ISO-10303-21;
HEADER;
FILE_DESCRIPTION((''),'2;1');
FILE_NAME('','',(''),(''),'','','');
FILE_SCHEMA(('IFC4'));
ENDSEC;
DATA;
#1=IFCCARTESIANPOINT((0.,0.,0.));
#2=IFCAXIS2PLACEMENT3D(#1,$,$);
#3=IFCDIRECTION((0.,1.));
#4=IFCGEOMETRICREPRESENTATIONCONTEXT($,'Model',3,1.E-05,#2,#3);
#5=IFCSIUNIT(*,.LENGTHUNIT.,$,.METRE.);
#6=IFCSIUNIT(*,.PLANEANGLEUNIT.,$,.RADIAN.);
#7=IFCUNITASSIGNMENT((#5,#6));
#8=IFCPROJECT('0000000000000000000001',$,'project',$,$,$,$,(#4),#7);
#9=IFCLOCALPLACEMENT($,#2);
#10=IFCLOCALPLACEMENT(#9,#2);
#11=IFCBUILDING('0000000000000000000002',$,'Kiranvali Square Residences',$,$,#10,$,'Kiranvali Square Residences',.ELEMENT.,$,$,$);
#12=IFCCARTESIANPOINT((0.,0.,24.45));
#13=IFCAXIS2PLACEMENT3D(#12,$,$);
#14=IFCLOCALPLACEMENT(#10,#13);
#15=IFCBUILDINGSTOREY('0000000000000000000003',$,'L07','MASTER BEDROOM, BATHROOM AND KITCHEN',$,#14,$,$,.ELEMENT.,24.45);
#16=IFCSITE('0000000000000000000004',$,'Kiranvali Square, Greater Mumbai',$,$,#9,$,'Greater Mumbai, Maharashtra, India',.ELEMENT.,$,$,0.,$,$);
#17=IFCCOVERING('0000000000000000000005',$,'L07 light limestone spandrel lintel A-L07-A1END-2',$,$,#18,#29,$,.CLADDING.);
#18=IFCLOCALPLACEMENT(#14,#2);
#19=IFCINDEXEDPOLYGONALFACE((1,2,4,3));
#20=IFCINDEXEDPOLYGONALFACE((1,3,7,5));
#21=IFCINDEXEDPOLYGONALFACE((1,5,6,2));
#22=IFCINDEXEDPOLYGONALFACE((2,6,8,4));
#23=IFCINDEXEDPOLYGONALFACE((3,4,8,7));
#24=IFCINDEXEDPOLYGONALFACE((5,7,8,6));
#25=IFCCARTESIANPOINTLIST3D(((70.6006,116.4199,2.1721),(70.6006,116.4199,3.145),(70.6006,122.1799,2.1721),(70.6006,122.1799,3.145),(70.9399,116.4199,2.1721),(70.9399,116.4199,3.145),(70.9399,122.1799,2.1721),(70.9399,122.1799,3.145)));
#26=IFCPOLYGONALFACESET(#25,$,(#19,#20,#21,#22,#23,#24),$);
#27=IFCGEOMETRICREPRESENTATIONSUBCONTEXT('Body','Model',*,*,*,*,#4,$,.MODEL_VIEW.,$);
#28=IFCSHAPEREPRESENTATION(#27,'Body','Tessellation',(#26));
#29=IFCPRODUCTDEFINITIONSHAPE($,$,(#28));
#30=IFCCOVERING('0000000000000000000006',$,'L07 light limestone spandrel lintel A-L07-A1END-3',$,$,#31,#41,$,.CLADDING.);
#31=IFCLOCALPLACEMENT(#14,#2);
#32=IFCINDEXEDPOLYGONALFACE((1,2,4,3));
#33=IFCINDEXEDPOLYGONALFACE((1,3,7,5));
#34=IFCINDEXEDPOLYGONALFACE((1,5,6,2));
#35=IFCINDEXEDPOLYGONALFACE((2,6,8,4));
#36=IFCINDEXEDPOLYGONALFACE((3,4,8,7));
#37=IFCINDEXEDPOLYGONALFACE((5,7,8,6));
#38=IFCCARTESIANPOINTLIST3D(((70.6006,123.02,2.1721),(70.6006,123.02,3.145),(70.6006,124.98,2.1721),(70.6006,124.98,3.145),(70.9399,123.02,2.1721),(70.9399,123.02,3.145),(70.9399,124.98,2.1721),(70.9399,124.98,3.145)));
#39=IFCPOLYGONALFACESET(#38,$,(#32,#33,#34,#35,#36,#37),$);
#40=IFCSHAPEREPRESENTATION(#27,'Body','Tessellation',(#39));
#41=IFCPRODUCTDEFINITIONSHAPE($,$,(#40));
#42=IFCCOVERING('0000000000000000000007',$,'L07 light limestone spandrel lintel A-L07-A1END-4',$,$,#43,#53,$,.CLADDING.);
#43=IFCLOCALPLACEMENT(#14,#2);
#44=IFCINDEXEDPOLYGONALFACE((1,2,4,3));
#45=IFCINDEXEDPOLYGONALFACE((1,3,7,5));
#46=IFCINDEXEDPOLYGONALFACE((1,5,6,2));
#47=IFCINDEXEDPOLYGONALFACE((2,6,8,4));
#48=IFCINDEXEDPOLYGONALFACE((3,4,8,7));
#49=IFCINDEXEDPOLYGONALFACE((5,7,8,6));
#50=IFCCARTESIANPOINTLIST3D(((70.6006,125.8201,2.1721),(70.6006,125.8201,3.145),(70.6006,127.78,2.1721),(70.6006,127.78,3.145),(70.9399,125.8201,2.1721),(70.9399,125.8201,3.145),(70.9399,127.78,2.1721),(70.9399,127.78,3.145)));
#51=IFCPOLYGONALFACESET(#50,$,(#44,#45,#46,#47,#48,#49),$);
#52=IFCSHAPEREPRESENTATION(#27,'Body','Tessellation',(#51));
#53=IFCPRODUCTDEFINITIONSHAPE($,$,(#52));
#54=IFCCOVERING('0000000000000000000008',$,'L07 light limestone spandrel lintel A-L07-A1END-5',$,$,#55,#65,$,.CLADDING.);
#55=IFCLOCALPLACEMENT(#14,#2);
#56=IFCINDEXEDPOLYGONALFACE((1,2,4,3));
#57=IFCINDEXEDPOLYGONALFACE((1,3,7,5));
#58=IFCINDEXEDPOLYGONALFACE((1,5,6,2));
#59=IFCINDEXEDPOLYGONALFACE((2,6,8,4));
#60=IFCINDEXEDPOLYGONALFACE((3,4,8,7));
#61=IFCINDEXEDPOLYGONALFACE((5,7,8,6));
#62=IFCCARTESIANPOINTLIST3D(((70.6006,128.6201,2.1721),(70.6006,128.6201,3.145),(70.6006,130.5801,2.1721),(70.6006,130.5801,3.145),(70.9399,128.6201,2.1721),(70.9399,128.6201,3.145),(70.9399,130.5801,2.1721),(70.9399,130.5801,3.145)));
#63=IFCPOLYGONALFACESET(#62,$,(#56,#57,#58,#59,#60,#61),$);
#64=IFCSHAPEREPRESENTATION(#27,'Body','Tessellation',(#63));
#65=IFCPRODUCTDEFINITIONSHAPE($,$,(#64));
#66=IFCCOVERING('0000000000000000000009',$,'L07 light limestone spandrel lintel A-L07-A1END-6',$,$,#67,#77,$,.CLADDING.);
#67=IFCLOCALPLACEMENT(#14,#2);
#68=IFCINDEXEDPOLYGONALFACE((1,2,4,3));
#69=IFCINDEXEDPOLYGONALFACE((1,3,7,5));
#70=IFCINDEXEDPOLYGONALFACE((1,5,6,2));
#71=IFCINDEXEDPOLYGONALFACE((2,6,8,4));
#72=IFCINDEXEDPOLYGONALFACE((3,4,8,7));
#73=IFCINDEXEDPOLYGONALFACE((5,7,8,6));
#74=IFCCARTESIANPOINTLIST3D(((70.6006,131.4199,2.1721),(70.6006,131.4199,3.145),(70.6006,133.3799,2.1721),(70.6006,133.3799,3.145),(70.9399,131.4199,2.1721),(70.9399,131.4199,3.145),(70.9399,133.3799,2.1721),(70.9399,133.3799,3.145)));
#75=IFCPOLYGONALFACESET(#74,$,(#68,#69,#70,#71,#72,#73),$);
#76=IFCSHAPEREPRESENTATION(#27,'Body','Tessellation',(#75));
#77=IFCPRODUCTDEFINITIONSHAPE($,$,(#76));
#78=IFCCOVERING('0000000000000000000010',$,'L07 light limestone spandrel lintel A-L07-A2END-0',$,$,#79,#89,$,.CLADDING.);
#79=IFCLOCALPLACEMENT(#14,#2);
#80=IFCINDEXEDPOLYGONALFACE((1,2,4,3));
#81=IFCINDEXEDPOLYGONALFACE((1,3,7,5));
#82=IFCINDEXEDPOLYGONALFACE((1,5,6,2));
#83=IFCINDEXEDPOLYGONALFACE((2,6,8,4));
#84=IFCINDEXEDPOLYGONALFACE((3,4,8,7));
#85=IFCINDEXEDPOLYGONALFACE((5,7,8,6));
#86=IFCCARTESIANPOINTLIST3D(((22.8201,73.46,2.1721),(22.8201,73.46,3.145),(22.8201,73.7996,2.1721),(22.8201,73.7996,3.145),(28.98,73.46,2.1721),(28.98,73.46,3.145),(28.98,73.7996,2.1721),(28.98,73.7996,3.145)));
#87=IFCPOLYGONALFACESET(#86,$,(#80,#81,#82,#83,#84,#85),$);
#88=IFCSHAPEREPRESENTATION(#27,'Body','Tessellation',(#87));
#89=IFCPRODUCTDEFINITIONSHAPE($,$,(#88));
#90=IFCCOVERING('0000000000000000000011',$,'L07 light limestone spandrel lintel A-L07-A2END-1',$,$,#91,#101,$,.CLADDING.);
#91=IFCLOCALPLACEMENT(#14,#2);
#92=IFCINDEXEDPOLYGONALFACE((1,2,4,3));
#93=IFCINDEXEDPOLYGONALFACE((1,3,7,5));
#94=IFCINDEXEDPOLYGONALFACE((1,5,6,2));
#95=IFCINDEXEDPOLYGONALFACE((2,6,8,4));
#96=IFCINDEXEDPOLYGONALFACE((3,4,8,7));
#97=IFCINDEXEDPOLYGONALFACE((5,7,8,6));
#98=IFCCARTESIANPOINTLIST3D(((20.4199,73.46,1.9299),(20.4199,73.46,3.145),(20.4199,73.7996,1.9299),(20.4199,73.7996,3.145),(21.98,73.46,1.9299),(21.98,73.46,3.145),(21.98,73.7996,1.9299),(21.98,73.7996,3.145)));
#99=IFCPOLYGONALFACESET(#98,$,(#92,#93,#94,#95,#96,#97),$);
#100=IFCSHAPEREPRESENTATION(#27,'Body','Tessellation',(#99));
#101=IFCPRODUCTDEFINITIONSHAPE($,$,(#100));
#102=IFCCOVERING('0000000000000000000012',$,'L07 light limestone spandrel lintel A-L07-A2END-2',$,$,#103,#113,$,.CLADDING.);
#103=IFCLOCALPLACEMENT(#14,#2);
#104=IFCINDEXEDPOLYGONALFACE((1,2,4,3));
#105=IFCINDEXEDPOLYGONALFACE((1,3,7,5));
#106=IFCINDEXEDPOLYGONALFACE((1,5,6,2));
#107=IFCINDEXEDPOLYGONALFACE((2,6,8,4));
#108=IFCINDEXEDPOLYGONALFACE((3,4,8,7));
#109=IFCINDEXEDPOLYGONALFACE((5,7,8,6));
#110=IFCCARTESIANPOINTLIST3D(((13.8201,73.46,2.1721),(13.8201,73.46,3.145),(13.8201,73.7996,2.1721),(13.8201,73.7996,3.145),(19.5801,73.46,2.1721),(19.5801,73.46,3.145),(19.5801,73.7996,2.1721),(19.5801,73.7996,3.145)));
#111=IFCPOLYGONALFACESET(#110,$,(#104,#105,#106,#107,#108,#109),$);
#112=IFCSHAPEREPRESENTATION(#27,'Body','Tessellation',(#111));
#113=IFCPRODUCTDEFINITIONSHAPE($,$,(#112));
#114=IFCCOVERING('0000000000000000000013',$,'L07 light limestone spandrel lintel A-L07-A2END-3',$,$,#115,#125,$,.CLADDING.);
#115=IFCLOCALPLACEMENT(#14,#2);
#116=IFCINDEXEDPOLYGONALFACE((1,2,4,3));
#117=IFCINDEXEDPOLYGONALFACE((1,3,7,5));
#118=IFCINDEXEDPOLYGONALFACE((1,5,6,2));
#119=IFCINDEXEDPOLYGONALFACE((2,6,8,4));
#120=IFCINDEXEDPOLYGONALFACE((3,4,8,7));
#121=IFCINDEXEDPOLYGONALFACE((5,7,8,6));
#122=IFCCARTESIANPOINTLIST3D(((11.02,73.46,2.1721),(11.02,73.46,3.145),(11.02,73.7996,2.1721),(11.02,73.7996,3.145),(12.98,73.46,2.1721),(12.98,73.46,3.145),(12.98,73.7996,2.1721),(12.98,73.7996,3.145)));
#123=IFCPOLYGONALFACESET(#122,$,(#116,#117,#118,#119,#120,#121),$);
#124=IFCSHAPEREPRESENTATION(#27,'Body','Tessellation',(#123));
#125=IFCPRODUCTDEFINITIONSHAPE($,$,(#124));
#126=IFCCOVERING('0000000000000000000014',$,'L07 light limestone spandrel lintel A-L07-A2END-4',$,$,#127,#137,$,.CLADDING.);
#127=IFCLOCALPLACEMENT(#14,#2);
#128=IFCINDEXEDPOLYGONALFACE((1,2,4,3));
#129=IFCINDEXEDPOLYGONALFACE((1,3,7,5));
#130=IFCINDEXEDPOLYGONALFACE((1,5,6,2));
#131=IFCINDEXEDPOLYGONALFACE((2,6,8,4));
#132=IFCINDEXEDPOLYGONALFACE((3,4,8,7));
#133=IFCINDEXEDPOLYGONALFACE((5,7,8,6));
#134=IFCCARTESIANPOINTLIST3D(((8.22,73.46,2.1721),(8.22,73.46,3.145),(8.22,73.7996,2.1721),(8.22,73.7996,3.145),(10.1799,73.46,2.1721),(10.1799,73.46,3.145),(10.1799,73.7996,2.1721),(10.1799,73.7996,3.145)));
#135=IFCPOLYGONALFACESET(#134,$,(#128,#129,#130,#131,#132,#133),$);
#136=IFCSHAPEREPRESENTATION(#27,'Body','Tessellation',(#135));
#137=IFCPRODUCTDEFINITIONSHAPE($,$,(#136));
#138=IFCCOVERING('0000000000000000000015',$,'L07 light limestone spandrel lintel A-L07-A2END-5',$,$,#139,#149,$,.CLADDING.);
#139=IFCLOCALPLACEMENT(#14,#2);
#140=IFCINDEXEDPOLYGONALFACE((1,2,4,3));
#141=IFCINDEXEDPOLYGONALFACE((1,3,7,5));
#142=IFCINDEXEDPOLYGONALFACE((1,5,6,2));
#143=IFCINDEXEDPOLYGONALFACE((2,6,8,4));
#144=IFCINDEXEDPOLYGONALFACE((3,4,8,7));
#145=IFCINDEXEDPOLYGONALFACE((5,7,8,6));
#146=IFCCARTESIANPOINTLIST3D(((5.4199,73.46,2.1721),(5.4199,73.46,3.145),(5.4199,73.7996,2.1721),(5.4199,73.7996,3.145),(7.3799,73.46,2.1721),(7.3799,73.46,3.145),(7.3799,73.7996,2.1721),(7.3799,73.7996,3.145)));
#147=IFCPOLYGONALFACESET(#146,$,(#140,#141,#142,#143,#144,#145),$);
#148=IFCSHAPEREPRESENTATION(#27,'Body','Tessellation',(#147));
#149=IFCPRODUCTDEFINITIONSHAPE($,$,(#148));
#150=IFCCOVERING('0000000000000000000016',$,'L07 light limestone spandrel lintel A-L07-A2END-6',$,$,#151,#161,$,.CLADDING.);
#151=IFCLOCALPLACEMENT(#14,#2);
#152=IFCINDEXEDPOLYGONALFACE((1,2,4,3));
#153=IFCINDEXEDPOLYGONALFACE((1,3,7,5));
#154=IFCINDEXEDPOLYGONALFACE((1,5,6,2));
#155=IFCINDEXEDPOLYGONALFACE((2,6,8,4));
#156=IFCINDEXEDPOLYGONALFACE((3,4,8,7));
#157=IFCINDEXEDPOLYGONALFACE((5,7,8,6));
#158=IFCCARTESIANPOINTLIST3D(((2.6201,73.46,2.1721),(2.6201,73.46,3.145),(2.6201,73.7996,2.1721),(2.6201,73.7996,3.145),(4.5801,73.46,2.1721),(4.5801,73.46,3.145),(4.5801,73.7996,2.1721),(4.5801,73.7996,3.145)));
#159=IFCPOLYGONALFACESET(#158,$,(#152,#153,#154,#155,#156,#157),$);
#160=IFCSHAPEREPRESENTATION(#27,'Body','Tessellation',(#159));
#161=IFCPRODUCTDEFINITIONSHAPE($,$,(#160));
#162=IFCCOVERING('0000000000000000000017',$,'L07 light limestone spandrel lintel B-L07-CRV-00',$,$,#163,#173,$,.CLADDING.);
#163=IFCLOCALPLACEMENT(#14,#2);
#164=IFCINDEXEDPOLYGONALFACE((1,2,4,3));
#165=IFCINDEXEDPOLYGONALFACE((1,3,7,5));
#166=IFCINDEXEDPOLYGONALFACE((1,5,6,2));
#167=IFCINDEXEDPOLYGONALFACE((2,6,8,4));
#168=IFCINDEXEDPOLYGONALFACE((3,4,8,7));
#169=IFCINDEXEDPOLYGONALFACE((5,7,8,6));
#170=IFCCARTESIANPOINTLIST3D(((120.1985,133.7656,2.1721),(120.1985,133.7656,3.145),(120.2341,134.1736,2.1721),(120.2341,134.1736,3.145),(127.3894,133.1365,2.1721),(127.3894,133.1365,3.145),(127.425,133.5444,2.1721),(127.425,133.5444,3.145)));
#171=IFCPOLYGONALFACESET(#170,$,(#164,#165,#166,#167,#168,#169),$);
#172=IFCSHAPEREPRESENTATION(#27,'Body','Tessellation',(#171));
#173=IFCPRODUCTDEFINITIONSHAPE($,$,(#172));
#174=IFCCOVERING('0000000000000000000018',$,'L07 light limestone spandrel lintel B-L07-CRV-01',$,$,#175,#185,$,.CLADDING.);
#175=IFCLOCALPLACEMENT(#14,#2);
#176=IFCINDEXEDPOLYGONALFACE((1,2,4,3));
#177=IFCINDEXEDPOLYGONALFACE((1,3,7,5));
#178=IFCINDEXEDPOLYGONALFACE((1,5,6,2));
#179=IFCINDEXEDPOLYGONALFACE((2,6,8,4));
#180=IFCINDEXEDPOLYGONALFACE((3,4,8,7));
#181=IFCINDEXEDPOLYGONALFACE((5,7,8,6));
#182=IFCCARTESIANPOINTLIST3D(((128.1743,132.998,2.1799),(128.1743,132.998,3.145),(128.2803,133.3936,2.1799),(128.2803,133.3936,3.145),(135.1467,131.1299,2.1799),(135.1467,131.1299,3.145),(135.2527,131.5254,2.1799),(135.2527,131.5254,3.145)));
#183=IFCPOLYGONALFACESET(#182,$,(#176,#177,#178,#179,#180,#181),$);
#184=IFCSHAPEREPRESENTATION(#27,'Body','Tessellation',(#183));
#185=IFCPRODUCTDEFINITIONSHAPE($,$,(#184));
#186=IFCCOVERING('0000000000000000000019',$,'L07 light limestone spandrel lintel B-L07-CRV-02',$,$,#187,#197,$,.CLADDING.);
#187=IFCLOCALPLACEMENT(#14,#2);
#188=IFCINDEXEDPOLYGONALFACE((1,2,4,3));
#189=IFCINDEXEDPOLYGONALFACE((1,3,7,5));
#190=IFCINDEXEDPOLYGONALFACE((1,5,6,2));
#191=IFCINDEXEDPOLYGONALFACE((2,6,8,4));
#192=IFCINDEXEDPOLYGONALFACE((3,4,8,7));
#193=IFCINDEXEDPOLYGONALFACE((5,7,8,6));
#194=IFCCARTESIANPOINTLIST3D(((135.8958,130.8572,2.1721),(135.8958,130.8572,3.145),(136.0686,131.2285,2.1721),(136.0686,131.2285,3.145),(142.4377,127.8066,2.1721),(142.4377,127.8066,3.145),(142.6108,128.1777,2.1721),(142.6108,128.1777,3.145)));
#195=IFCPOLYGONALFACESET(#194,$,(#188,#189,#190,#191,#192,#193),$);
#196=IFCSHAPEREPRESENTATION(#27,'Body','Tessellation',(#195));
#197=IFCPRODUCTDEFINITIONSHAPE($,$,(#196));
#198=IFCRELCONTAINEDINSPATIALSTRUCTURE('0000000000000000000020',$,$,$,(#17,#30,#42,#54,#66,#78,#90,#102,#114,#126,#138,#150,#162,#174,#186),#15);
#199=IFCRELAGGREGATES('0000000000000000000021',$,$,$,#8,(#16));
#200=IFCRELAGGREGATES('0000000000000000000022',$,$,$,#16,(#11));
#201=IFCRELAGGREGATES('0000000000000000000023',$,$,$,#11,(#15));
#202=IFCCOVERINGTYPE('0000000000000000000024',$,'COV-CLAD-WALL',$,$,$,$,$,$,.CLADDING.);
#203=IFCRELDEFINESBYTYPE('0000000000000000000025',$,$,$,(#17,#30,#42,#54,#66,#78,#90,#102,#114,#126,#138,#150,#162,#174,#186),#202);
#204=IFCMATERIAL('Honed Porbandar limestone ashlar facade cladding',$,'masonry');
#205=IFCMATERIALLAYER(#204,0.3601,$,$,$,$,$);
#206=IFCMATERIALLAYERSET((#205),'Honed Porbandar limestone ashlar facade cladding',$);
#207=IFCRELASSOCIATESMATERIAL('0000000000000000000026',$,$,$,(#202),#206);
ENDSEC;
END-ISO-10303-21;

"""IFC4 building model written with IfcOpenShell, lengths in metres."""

from ifc_helpers import new_model, si_unit, direction, frame, origin, place, context, subcontext, project, spatial, polyline, outline, extrude, material, layer, layer_set, type_object, element, save


model = new_model("IFC4")

# Units and contexts
model_context = context("Model", 3, precision=1e-05, world=origin(), true_north=direction((0.0, 1.0)))
body_context = subcontext(model_context, "Body", "Model", "MODEL_VIEW")
ifc_project = project(units=[si_unit("LENGTHUNIT", "METRE"), si_unit("PLANEANGLEUNIT", "RADIAN")], contexts=[model_context])

# Site, building, storey
site_placement = place(None, origin())
site = spatial("IfcSite", under=ifc_project, at=site_placement, Name="Kiranvali Square, Greater Mumbai", LongName="Greater Mumbai, Maharashtra, India", CompositionType="ELEMENT", RefElevation=0.0)
building_placement = place(site_placement, origin())
building = spatial("IfcBuilding", under=site, at=building_placement, Name="Kiranvali Square Residences", LongName="Kiranvali Square Residences", CompositionType="ELEMENT")
storey_placement = place(building_placement, frame((0.0, 0.0, 24.45)))
storey = spatial("IfcBuildingStorey", under=building, at=storey_placement, Name="L07", Description="MASTER BEDROOM, BATHROOM AND KITCHEN", CompositionType="ELEMENT", Elevation=24.45)

# Coverings
ifc_material = material(Name="Honed Porbandar limestone ashlar facade cladding", Category="masonry")
ifc_layer_1 = layer(ifc_material, 0.3601)
ifc_layer_set_1 = layer_set([ifc_layer_1], Name="Honed Porbandar limestone ashlar facade cladding")
covering_type_1 = type_object("IfcCoveringType", Name="COV-CLAD-WALL", PredefinedType="CLADDING", material=ifc_layer_set_1)
covering_1_placement = place(storey_placement, frame((0.0, 0.0, 2.1721)))
element("IfcCovering", 1, at=covering_1_placement, inside=storey, type_object=covering_type_1, Name="L07 light limestone spandrel lintel A-L07-A1END-2", PredefinedType="CLADDING", context=body_context, shape_type="SweptSolid", body=[
    extrude(outline(polyline([(70.9399, 116.4199), (70.9399, 122.1799), (70.6006, 122.1799), (70.6006, 116.4199), (70.9399, 116.4199)])), origin(), (0.0, 0.0, 1.0), 0.9729),
])
covering_2_placement = place(storey_placement, frame((0.0, 0.0, 2.1721)))
element("IfcCovering", 2, at=covering_2_placement, inside=storey, type_object=covering_type_1, Name="L07 light limestone spandrel lintel A-L07-A1END-3", PredefinedType="CLADDING", context=body_context, shape_type="SweptSolid", body=[
    extrude(outline(polyline([(70.9399, 123.02), (70.9399, 124.98), (70.6006, 124.98), (70.6006, 123.02), (70.9399, 123.02)])), origin(), (0.0, 0.0, 1.0), 0.9729),
])
covering_3_placement = place(storey_placement, frame((0.0, 0.0, 2.1721)))
element("IfcCovering", 3, at=covering_3_placement, inside=storey, type_object=covering_type_1, Name="L07 light limestone spandrel lintel A-L07-A1END-4", PredefinedType="CLADDING", context=body_context, shape_type="SweptSolid", body=[
    extrude(outline(polyline([(70.9399, 125.8201), (70.9399, 127.78), (70.6006, 127.78), (70.6006, 125.8201), (70.9399, 125.8201)])), origin(), (0.0, 0.0, 1.0), 0.9729),
])
covering_4_placement = place(storey_placement, frame((0.0, 0.0, 2.1721)))
element("IfcCovering", 4, at=covering_4_placement, inside=storey, type_object=covering_type_1, Name="L07 light limestone spandrel lintel A-L07-A1END-5", PredefinedType="CLADDING", context=body_context, shape_type="SweptSolid", body=[
    extrude(outline(polyline([(70.9399, 128.6201), (70.9399, 130.5801), (70.6006, 130.5801), (70.6006, 128.6201), (70.9399, 128.6201)])), origin(), (0.0, 0.0, 1.0), 0.9729),
])
covering_5_placement = place(storey_placement, frame((0.0, 0.0, 2.1721)))
element("IfcCovering", 5, at=covering_5_placement, inside=storey, type_object=covering_type_1, Name="L07 light limestone spandrel lintel A-L07-A1END-6", PredefinedType="CLADDING", context=body_context, shape_type="SweptSolid", body=[
    extrude(outline(polyline([(70.9399, 131.4199), (70.9399, 133.3799), (70.6006, 133.3799), (70.6006, 131.4199), (70.9399, 131.4199)])), origin(), (0.0, 0.0, 1.0), 0.9729),
])
covering_6_placement = place(storey_placement, frame((0.0, 0.0, 2.1721)))
element("IfcCovering", 6, at=covering_6_placement, inside=storey, type_object=covering_type_1, Name="L07 light limestone spandrel lintel A-L07-A2END-0", PredefinedType="CLADDING", context=body_context, shape_type="SweptSolid", body=[
    extrude(outline(polyline([(28.98, 73.7996), (22.8201, 73.7996), (22.8201, 73.46), (28.98, 73.46), (28.98, 73.7996)])), origin(), (0.0, 0.0, 1.0), 0.9729),
])
covering_7_placement = place(storey_placement, frame((0.0, 0.0, 1.9299)))
element("IfcCovering", 7, at=covering_7_placement, inside=storey, type_object=covering_type_1, Name="L07 light limestone spandrel lintel A-L07-A2END-1", PredefinedType="CLADDING", context=body_context, shape_type="SweptSolid", body=[
    extrude(outline(polyline([(21.98, 73.7996), (20.4199, 73.7996), (20.4199, 73.46), (21.98, 73.46), (21.98, 73.7996)])), origin(), (0.0, 0.0, 1.0), 1.2151),
])
covering_8_placement = place(storey_placement, frame((0.0, 0.0, 2.1721)))
element("IfcCovering", 8, at=covering_8_placement, inside=storey, type_object=covering_type_1, Name="L07 light limestone spandrel lintel A-L07-A2END-2", PredefinedType="CLADDING", context=body_context, shape_type="SweptSolid", body=[
    extrude(outline(polyline([(19.5801, 73.7996), (13.8201, 73.7996), (13.8201, 73.46), (19.5801, 73.46), (19.5801, 73.7996)])), origin(), (0.0, 0.0, 1.0), 0.9729),
])
covering_9_placement = place(storey_placement, frame((0.0, 0.0, 2.1721)))
element("IfcCovering", 9, at=covering_9_placement, inside=storey, type_object=covering_type_1, Name="L07 light limestone spandrel lintel A-L07-A2END-3", PredefinedType="CLADDING", context=body_context, shape_type="SweptSolid", body=[
    extrude(outline(polyline([(12.98, 73.7996), (11.02, 73.7996), (11.02, 73.46), (12.98, 73.46), (12.98, 73.7996)])), origin(), (0.0, 0.0, 1.0), 0.9729),
])
covering_10_placement = place(storey_placement, frame((0.0, 0.0, 2.1721)))
element("IfcCovering", 10, at=covering_10_placement, inside=storey, type_object=covering_type_1, Name="L07 light limestone spandrel lintel A-L07-A2END-4", PredefinedType="CLADDING", context=body_context, shape_type="SweptSolid", body=[
    extrude(outline(polyline([(10.1799, 73.7996), (8.22, 73.7996), (8.22, 73.46), (10.1799, 73.46), (10.1799, 73.7996)])), origin(), (0.0, 0.0, 1.0), 0.9729),
])
covering_11_placement = place(storey_placement, frame((0.0, 0.0, 2.1721)))
element("IfcCovering", 11, at=covering_11_placement, inside=storey, type_object=covering_type_1, Name="L07 light limestone spandrel lintel A-L07-A2END-5", PredefinedType="CLADDING", context=body_context, shape_type="SweptSolid", body=[
    extrude(outline(polyline([(7.3799, 73.7996), (5.4199, 73.7996), (5.4199, 73.46), (7.3799, 73.46), (7.3799, 73.7996)])), origin(), (0.0, 0.0, 1.0), 0.9729),
])
covering_12_placement = place(storey_placement, frame((0.0, 0.0, 2.1721)))
element("IfcCovering", 12, at=covering_12_placement, inside=storey, type_object=covering_type_1, Name="L07 light limestone spandrel lintel A-L07-A2END-6", PredefinedType="CLADDING", context=body_context, shape_type="SweptSolid", body=[
    extrude(outline(polyline([(4.5801, 73.7996), (2.6201, 73.7996), (2.6201, 73.46), (4.5801, 73.46), (4.5801, 73.7996)])), origin(), (0.0, 0.0, 1.0), 0.9729),
])
covering_13_placement = place(storey_placement, frame((0.0, 0.0, 2.1721)))
element("IfcCovering", 13, at=covering_13_placement, inside=storey, type_object=covering_type_1, Name="L07 light limestone spandrel lintel B-L07-CRV-00", PredefinedType="CLADDING", context=body_context, shape_type="SweptSolid", body=[
    extrude(outline(polyline([(120.1985, 133.7656), (127.3894, 133.1365), (127.425, 133.5444), (120.2341, 134.1736), (120.1985, 133.7656)])), origin(), (0.0, 0.0, 1.0), 0.9729),
])
covering_14_placement = place(storey_placement, frame((0.0, 0.0, 2.1799)))
element("IfcCovering", 14, at=covering_14_placement, inside=storey, type_object=covering_type_1, Name="L07 light limestone spandrel lintel B-L07-CRV-01", PredefinedType="CLADDING", context=body_context, shape_type="SweptSolid", body=[
    extrude(outline(polyline([(128.1743, 132.998), (135.1467, 131.1299), (135.2527, 131.5254), (128.2803, 133.3936), (128.1743, 132.998)])), origin(), (0.0, 0.0, 1.0), 0.9651),
])
covering_15_placement = place(storey_placement, frame((0.0, 0.0, 2.1721)))
element("IfcCovering", 15, at=covering_15_placement, inside=storey, type_object=covering_type_1, Name="L07 light limestone spandrel lintel B-L07-CRV-02", PredefinedType="CLADDING", context=body_context, shape_type="SweptSolid", body=[
    extrude(outline(polyline([(135.8958, 130.8572), (142.4377, 127.8066), (142.6108, 128.1777), (136.0686, 131.2285), (135.8958, 130.8572)])), origin(), (0.0, 0.0, 1.0), 0.9729),
])

save(model, "model.ifc")
